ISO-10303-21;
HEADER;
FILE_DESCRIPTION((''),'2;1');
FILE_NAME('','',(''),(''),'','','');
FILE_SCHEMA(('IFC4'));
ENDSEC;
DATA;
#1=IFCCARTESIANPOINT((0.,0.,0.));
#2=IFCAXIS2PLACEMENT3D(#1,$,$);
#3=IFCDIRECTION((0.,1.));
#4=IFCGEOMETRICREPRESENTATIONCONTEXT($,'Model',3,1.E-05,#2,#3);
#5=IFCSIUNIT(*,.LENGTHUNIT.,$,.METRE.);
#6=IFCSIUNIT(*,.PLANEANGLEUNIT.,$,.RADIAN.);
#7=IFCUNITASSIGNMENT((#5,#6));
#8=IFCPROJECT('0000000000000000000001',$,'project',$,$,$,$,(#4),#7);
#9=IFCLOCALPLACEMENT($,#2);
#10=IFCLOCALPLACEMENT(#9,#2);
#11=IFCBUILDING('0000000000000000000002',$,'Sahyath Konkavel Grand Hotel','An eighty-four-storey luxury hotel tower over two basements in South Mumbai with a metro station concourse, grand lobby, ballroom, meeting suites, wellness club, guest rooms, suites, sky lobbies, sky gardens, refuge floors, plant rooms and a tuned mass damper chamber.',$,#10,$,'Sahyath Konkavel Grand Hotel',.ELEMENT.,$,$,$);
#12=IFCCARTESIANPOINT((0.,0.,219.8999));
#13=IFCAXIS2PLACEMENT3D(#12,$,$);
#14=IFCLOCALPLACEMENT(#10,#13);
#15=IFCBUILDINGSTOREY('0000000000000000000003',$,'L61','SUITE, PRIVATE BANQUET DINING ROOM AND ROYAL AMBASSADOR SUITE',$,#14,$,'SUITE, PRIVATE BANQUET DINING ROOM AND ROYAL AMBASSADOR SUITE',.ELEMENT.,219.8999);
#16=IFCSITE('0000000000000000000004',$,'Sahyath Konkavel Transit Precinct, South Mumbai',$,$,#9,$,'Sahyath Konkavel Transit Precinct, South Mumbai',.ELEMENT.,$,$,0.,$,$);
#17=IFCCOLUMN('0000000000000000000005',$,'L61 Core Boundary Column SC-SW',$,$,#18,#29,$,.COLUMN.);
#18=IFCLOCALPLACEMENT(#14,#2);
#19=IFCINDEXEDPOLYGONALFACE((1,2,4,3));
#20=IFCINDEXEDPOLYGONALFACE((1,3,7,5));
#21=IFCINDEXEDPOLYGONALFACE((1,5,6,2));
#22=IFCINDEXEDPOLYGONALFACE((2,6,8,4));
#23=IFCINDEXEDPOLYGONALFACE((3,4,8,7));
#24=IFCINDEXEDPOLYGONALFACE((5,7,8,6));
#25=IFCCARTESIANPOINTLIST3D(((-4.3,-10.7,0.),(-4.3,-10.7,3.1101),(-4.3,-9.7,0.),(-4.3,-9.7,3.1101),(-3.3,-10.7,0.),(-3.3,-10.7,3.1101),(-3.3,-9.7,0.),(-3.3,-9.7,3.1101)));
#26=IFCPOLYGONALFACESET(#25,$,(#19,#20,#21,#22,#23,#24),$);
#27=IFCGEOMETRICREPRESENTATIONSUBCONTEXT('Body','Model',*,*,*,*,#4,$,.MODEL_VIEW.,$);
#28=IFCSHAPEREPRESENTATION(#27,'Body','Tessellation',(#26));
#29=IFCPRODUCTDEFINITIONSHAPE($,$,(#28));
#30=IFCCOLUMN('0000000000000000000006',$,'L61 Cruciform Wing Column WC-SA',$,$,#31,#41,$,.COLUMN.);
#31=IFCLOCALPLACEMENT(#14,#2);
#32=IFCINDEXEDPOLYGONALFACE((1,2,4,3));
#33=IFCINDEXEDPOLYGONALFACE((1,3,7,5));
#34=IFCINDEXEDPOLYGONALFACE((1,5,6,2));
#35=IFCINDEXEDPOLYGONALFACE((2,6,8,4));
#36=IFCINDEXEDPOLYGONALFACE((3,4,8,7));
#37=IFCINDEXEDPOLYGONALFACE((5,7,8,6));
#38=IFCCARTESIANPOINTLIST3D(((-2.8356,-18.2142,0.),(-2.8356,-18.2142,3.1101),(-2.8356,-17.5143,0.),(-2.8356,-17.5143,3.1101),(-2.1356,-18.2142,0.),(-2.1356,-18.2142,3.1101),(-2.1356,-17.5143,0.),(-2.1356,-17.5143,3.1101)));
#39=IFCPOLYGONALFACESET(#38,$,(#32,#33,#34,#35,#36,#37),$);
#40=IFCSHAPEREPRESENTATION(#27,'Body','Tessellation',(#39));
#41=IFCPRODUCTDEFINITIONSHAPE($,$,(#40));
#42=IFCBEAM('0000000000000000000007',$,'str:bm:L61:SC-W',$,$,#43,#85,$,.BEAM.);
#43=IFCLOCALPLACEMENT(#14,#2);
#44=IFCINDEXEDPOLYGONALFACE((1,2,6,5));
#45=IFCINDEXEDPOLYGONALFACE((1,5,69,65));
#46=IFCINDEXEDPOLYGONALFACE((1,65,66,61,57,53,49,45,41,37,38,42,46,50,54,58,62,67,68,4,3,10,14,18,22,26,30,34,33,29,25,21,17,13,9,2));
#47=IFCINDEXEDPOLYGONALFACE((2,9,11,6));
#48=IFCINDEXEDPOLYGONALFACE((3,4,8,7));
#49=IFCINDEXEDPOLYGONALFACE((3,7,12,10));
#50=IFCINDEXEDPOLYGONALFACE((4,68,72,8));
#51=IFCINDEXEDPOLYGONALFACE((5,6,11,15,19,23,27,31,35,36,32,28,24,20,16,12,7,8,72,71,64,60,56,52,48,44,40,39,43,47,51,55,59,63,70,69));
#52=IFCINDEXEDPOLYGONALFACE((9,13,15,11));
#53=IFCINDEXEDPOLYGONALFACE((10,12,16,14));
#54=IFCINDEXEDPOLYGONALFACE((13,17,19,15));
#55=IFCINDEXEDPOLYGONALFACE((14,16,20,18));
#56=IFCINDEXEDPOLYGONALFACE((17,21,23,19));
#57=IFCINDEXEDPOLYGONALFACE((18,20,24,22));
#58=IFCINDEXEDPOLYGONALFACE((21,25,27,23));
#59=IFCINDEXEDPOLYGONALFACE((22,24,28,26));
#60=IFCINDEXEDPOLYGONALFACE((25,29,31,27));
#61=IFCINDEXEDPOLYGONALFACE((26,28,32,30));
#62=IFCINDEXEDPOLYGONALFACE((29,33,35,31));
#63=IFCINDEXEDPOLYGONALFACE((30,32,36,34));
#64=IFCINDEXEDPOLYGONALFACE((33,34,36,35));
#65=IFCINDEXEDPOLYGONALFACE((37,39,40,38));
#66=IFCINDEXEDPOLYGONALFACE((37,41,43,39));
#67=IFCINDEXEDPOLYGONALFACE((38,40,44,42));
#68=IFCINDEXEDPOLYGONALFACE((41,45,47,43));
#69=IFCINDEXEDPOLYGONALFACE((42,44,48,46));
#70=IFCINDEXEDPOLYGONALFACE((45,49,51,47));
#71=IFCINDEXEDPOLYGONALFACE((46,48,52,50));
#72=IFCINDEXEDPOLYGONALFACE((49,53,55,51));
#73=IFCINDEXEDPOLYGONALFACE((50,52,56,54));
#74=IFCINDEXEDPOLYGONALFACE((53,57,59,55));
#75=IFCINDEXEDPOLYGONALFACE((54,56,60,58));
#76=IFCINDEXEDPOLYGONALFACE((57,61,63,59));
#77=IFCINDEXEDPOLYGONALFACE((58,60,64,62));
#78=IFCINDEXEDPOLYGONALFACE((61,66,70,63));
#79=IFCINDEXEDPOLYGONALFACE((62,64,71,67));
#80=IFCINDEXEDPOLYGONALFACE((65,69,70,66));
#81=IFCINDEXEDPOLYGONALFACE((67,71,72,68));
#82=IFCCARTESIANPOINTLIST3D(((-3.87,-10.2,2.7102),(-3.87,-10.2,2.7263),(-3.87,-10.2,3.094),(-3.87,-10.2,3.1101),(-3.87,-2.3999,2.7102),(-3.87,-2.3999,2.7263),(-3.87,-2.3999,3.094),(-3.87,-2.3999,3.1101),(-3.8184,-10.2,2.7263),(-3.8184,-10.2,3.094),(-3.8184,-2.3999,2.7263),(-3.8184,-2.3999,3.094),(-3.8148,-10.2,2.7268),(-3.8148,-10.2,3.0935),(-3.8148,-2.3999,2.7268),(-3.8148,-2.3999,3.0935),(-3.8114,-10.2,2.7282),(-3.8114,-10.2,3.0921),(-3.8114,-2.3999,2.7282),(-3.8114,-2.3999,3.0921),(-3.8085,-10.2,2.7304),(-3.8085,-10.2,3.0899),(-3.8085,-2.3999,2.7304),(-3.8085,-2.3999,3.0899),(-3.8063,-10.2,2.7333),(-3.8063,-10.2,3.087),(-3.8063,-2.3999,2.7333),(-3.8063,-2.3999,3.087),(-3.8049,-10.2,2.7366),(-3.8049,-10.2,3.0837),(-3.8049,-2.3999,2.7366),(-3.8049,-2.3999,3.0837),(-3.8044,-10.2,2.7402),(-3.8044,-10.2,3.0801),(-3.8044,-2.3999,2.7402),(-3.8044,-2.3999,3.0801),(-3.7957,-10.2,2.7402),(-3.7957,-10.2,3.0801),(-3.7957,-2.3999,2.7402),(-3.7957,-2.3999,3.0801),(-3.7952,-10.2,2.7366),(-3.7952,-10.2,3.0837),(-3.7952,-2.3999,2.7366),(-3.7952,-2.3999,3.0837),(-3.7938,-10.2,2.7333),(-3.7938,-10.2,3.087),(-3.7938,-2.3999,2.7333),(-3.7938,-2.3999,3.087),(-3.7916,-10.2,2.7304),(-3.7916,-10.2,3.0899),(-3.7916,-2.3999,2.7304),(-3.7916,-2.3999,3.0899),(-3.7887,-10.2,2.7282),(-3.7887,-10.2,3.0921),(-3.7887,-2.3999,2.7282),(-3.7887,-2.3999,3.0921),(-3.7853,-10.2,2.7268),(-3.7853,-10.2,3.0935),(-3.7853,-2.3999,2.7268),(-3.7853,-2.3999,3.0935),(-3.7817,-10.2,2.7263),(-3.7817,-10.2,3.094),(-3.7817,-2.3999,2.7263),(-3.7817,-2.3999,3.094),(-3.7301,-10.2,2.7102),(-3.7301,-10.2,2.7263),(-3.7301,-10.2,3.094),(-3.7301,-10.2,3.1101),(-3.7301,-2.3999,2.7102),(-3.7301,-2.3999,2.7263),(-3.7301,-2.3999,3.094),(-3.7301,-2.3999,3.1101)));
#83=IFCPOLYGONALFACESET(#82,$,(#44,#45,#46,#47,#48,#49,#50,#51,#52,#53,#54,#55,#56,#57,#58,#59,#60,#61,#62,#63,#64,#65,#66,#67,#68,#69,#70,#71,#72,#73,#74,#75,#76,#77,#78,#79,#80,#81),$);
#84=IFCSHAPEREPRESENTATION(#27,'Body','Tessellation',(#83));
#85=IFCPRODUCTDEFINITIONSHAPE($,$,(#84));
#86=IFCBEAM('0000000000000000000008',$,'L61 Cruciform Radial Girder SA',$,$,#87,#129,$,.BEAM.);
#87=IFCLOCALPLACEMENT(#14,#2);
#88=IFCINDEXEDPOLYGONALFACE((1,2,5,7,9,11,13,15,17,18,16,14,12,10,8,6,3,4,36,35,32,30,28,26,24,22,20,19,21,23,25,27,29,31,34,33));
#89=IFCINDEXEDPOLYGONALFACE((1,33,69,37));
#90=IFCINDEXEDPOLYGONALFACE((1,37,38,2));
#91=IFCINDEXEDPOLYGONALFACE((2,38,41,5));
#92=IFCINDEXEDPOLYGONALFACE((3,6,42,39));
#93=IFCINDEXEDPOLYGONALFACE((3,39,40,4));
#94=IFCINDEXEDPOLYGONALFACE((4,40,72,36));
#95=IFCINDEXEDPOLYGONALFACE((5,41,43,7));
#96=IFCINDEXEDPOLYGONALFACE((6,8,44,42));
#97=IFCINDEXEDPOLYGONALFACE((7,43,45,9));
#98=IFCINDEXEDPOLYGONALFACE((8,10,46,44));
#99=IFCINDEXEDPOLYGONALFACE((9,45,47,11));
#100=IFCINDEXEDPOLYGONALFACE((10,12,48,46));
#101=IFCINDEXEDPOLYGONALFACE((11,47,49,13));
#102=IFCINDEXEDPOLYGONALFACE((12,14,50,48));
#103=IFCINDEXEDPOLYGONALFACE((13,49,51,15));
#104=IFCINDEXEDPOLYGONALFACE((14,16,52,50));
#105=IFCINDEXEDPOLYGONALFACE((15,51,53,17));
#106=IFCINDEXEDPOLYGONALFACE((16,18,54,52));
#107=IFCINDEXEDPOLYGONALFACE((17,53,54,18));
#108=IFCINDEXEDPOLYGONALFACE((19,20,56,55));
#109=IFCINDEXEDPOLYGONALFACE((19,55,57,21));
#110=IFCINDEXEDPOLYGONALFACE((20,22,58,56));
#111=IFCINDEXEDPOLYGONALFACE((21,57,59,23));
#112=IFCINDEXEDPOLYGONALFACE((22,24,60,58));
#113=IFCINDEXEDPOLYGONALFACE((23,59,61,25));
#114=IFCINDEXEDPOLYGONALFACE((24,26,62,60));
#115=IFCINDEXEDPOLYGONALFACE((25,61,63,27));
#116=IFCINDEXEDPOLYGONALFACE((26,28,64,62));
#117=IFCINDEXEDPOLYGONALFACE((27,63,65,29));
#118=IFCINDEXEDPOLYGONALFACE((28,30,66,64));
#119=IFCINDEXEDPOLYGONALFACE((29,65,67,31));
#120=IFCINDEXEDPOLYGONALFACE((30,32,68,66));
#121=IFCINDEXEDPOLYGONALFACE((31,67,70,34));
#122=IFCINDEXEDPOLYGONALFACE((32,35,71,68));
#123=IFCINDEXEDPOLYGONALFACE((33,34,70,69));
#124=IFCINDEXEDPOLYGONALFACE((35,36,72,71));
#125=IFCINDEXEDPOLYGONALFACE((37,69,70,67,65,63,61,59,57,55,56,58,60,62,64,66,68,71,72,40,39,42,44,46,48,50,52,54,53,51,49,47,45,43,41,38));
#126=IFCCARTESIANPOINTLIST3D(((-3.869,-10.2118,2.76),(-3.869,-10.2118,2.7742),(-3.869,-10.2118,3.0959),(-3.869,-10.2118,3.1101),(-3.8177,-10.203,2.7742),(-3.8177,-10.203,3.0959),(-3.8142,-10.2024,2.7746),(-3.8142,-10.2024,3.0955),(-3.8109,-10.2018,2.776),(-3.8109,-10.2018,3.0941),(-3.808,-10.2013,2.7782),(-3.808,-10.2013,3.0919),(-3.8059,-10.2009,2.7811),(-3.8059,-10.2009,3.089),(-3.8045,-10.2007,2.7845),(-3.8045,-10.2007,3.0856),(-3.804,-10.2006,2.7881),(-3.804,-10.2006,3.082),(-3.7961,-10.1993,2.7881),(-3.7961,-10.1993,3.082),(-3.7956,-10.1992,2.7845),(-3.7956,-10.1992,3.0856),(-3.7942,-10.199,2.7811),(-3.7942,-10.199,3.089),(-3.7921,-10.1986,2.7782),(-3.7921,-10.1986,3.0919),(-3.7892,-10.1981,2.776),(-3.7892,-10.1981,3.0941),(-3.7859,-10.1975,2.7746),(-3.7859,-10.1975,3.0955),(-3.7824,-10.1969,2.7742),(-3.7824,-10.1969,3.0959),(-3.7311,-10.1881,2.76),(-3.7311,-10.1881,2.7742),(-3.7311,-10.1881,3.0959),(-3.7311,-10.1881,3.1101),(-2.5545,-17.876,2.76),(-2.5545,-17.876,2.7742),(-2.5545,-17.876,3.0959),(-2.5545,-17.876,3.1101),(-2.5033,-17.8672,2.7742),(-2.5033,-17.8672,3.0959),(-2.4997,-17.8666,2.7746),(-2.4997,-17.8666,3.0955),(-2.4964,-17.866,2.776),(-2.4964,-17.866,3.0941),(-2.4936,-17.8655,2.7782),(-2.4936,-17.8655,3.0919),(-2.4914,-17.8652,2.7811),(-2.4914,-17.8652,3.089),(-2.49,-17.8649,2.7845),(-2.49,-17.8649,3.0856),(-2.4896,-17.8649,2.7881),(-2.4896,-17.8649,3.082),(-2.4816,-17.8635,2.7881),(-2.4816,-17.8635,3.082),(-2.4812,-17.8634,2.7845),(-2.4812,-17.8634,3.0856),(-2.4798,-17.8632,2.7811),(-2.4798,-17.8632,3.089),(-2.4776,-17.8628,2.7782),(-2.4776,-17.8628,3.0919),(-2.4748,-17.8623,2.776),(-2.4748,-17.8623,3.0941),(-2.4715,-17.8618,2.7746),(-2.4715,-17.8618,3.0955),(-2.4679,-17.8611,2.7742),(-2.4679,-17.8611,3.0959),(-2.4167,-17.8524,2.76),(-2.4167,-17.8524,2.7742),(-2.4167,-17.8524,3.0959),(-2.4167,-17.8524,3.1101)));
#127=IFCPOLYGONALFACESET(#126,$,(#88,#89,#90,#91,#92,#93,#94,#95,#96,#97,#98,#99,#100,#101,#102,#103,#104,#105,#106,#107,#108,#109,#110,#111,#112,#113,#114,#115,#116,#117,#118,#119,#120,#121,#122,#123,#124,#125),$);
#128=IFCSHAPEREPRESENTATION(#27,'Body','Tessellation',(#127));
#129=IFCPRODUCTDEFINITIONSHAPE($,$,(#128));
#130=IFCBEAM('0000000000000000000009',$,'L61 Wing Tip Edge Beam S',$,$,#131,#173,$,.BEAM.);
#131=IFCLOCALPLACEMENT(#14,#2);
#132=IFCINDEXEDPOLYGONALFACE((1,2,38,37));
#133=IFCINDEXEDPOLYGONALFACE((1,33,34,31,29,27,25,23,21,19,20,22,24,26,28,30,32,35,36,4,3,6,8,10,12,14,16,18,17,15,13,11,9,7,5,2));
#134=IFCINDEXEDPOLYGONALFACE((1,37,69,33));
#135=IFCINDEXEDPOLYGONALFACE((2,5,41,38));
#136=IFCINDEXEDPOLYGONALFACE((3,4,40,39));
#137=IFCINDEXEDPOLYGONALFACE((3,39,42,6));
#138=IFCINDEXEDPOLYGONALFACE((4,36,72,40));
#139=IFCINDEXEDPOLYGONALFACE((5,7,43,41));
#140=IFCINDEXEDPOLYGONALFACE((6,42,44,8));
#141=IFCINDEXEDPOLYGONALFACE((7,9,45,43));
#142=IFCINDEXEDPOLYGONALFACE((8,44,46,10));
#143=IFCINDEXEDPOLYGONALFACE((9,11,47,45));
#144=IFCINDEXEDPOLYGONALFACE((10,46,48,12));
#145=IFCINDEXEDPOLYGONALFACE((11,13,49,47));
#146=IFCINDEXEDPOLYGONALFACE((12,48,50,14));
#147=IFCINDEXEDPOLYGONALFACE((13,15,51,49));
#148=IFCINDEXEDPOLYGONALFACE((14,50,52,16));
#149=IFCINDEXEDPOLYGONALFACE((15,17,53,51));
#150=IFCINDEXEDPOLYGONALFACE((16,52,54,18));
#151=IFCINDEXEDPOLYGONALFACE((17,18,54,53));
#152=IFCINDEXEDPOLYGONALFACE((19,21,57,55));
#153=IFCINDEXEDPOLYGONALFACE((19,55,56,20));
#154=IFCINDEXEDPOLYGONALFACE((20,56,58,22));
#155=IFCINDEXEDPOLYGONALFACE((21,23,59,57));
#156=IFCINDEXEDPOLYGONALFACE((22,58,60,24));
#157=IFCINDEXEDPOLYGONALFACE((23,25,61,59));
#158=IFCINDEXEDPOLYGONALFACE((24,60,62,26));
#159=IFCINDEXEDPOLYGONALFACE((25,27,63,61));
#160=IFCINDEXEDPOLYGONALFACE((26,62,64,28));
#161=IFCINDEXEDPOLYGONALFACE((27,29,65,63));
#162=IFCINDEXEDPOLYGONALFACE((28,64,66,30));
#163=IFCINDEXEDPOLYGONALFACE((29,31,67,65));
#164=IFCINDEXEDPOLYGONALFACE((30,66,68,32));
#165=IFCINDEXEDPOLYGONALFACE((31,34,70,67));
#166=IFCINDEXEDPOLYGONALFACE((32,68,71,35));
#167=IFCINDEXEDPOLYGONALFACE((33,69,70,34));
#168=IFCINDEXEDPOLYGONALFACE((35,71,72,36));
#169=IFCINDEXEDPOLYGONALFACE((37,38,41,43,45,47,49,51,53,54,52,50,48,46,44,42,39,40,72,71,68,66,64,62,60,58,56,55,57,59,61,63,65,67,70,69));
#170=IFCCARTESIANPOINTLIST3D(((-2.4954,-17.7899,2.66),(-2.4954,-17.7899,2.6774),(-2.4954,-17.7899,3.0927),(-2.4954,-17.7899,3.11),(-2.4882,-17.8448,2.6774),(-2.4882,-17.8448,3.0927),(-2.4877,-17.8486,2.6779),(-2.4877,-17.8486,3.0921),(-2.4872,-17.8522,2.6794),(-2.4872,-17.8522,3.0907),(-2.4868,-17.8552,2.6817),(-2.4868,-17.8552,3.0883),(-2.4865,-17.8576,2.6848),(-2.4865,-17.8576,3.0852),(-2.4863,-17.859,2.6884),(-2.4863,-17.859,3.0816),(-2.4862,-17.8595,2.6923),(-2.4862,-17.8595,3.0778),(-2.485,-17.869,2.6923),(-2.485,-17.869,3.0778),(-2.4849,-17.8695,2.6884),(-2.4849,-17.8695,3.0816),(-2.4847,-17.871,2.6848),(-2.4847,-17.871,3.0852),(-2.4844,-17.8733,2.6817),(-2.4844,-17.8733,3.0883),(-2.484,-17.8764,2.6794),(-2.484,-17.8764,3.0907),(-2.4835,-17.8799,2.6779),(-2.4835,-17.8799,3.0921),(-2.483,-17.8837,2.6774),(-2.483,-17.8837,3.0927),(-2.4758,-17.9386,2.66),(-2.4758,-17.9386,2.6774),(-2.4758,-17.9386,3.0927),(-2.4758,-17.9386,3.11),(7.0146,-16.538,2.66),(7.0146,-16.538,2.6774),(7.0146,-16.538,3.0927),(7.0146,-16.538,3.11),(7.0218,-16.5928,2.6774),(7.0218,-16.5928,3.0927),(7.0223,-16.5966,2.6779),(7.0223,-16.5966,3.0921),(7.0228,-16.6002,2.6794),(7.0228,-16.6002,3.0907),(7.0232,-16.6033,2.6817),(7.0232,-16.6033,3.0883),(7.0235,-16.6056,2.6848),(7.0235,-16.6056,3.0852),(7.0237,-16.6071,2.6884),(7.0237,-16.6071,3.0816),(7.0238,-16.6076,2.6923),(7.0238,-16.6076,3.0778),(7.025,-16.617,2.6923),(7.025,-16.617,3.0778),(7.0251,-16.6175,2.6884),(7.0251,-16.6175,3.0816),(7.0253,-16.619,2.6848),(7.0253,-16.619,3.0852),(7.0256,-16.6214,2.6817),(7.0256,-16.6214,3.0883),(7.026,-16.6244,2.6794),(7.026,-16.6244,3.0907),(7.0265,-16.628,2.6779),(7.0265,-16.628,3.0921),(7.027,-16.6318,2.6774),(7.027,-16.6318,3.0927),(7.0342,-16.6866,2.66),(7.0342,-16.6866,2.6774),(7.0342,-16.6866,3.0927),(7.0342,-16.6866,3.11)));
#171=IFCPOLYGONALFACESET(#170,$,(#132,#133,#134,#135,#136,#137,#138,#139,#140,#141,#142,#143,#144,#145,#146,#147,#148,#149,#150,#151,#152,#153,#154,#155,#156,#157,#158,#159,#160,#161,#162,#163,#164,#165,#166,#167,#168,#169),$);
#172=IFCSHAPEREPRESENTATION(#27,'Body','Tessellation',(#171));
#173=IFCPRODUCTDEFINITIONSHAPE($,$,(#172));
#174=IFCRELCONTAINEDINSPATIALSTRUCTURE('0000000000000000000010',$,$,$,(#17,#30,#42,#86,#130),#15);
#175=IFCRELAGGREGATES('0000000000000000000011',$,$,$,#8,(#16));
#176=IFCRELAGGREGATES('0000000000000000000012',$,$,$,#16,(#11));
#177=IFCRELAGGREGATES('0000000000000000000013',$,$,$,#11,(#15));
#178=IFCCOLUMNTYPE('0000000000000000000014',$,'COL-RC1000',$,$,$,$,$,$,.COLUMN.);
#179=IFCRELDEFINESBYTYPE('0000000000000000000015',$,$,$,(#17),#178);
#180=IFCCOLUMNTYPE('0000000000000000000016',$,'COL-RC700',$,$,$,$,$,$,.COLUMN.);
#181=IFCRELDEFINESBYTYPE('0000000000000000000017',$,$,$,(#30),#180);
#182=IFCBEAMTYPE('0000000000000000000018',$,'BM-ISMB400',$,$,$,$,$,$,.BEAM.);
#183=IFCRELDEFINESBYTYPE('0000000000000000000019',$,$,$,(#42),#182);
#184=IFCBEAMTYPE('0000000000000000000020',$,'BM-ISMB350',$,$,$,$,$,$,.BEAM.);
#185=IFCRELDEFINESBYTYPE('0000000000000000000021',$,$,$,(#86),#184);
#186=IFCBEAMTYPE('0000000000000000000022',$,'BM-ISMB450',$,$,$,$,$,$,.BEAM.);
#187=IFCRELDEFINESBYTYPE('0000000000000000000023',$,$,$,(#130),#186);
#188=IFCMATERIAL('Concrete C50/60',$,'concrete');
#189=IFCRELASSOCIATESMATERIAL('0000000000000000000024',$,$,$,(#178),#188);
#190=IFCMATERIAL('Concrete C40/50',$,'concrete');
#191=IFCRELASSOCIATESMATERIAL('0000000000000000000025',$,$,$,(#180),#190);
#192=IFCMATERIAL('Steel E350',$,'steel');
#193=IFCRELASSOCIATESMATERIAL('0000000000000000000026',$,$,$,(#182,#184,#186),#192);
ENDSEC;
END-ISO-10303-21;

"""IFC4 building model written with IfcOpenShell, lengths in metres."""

from ifc_helpers import new_model, si_unit, direction, frame, origin, origin_2d, place, context, subcontext, project, spatial, rectangle, i_section, extrude, source, transform, mapped, material, material_profile, profile_set, type_object, element, save


model = new_model("IFC4")

# Units and contexts
model_context = context("Model", 3, precision=1e-05, world=origin(), true_north=direction((0.0, 1.0)))
body_context = subcontext(model_context, "Body", "Model", "MODEL_VIEW")
ifc_project = project(units=[si_unit("LENGTHUNIT", "METRE"), si_unit("PLANEANGLEUNIT", "RADIAN")], contexts=[model_context])

# Site, building, storey
site_placement = place(None, origin())
site = spatial("IfcSite", under=ifc_project, at=site_placement, Name="Sahyath Konkavel Transit Precinct, South Mumbai", LongName="Sahyath Konkavel Transit Precinct, South Mumbai", CompositionType="ELEMENT", RefElevation=0.0)
building_placement = place(site_placement, origin())
building = spatial("IfcBuilding", under=site, at=building_placement, Name="Sahyath Konkavel Grand Hotel", Description="An eighty-four-storey luxury hotel tower over two basements in South Mumbai with a metro station concourse, grand lobby, ballroom, meeting suites, wellness club, guest rooms, suites, sky lobbies, sky gardens, refuge floors, plant rooms and a tuned mass damper chamber.", LongName="Sahyath Konkavel Grand Hotel", CompositionType="ELEMENT")
storey_placement = place(building_placement, frame((0.0, 0.0, 219.8999)))
storey = spatial("IfcBuildingStorey", under=building, at=storey_placement, Name="L61", Description="SUITE, PRIVATE BANQUET DINING ROOM AND ROYAL AMBASSADOR SUITE", LongName="SUITE, PRIVATE BANQUET DINING ROOM AND ROYAL AMBASSADOR SUITE", CompositionType="ELEMENT", Elevation=219.8999)

# Columns
ifc_material_1 = material(Name="Concrete C50/60", Category="concrete")
ifc_material_profile_1 = material_profile(ifc_material_1, rectangle(XDim=1.0, YDim=1.0, at=origin_2d()), Name="RC 1000x1000")
ifc_profile_set_1 = profile_set([ifc_material_profile_1], Name="Concrete C50/60")
column_type_1 = type_object("IfcColumnType", Name="COL-RC1000", PredefinedType="COLUMN", material=ifc_profile_set_1)
shared_shape_1 = source(origin(), body_context, "Body", "SweptSolid", [
    extrude(rectangle(XDim=1.0, YDim=1.0, at=origin_2d()), origin(), (0.0, 0.0, 1.0), 3.1101),
])
column_1_placement = place(storey_placement, frame((-3.8, -10.2, 0.0), z_axis=(0.0, 0.0, 1.0), x_axis=(1.0, 0.0, 0.0)))
element("IfcColumn", 1, at=column_1_placement, inside=storey, type_object=column_type_1, Name="L61 Core Boundary Column SC-SW", PredefinedType="COLUMN", context=body_context, shape_type="MappedRepresentation", body=[
    mapped(shared_shape_1, transform((0.0, 0.0, 0.0), scale=1.0)),
])
ifc_material_2 = material(Name="Concrete C40/50", Category="concrete")
ifc_material_profile_2 = material_profile(ifc_material_2, rectangle(XDim=0.7, YDim=0.7, at=origin_2d()), Name="RC 700x700")
ifc_profile_set_2 = profile_set([ifc_material_profile_2], Name="Concrete C40/50")
column_type_2 = type_object("IfcColumnType", Name="COL-RC700", PredefinedType="COLUMN", material=ifc_profile_set_2)
shared_shape_2 = source(origin(), body_context, "Body", "SweptSolid", [
    extrude(rectangle(XDim=0.7, YDim=0.7, at=origin_2d()), origin(), (0.0, 0.0, 1.0), 3.1101),
])
column_2_placement = place(storey_placement, frame((-2.4856, -17.8643, 0.0), z_axis=(0.0, 0.0, 1.0), x_axis=(1.0, 0.0, 0.0)))
element("IfcColumn", 2, at=column_2_placement, inside=storey, type_object=column_type_2, Name="L61 Cruciform Wing Column WC-SA", PredefinedType="COLUMN", context=body_context, shape_type="MappedRepresentation", body=[
    mapped(shared_shape_2, transform((0.0, 0.0, 0.0), scale=1.0)),
])

# Beams
ifc_material_3 = material(Name="Steel E350", Category="steel")
ifc_material_profile_3 = material_profile(ifc_material_3, i_section(OverallWidth=0.1399, OverallDepth=0.3999, WebThickness=0.0088, FlangeThickness=0.0161, FilletRadius=0.0139, at=origin_2d()), Name="ISMB 400")
ifc_profile_set_3 = profile_set([ifc_material_profile_3], Name="Steel E350")
beam_type_1 = type_object("IfcBeamType", Name="BM-ISMB400", PredefinedType="BEAM", material=ifc_profile_set_3)
shared_shape_3 = source(origin(), body_context, "Body", "SweptSolid", [
    extrude(i_section(OverallWidth=0.1399, OverallDepth=0.3999, WebThickness=0.0088, FlangeThickness=0.0161, FilletRadius=0.0139, at=origin_2d()), origin(), (0.0, 0.0, 1.0), 7.8),
])
beam_1_placement = place(storey_placement, frame((-3.8, -10.2, 2.9102), z_axis=(0.0, 1.0, 0.0), x_axis=(-1.0, 0.0, 0.0)))
element("IfcBeam", 3, at=beam_1_placement, inside=storey, type_object=beam_type_1, Name="str:bm:L61:SC-W", PredefinedType="BEAM", context=body_context, shape_type="MappedRepresentation", body=[
    mapped(shared_shape_3, transform((0.0, 0.0, 0.0), scale=1.0)),
])
ifc_material_profile_4 = material_profile(ifc_material_3, i_section(OverallWidth=0.1399, OverallDepth=0.3501, WebThickness=0.0081, FlangeThickness=0.0142, FilletRadius=0.0139, at=origin_2d()), Name="ISMB 350")
ifc_profile_set_4 = profile_set([ifc_material_profile_4], Name="Steel E350")
beam_type_2 = type_object("IfcBeamType", Name="BM-ISMB350", PredefinedType="BEAM", material=ifc_profile_set_4)
shared_shape_4 = source(origin(), body_context, "Body", "SweptSolid", [
    extrude(i_section(OverallWidth=0.1399, OverallDepth=0.3501, WebThickness=0.0081, FlangeThickness=0.0142, FilletRadius=0.0139, at=origin_2d()), origin(), (0.0, 0.0, 1.0), 7.7761),
])
beam_2_placement = place(storey_placement, frame((-3.8, -10.2, 2.9351), z_axis=(0.169035, -0.98561, 0.0), x_axis=(0.98561, 0.169035, 0.0)))
element("IfcBeam", 4, at=beam_2_placement, inside=storey, type_object=beam_type_2, Name="L61 Cruciform Radial Girder SA", PredefinedType="BEAM", context=body_context, shape_type="MappedRepresentation", body=[
    mapped(shared_shape_4, transform((0.0, 0.0, 0.0), scale=1.0)),
])
ifc_material_profile_5 = material_profile(ifc_material_3, i_section(OverallWidth=0.1499, OverallDepth=0.45, WebThickness=0.0095, FlangeThickness=0.0173, FilletRadius=0.0149, at=origin_2d()), Name="ISMB 450")
ifc_profile_set_5 = profile_set([ifc_material_profile_5], Name="Steel E350")
beam_type_3 = type_object("IfcBeamType", Name="BM-ISMB450", PredefinedType="BEAM", material=ifc_profile_set_5)
shared_shape_5 = source(origin(), body_context, "Body", "SweptSolid", [
    extrude(i_section(OverallWidth=0.1499, OverallDepth=0.45, WebThickness=0.0095, FlangeThickness=0.0173, FilletRadius=0.0149, at=origin_2d()), origin(), (0.0, 0.0, 1.0), 9.592),
])
beam_3_placement = place(storey_placement, frame((-2.4856, -17.8643, 2.885), z_axis=(0.991446, 0.13052, 0.0), x_axis=(-0.13052, 0.991446, 0.0)))
element("IfcBeam", 5, at=beam_3_placement, inside=storey, type_object=beam_type_3, Name="L61 Wing Tip Edge Beam S", PredefinedType="BEAM", context=body_context, shape_type="MappedRepresentation", body=[
    mapped(shared_shape_5, transform((0.0, 0.0, 0.0), scale=1.0)),
])

save(model, "model.ifc")
